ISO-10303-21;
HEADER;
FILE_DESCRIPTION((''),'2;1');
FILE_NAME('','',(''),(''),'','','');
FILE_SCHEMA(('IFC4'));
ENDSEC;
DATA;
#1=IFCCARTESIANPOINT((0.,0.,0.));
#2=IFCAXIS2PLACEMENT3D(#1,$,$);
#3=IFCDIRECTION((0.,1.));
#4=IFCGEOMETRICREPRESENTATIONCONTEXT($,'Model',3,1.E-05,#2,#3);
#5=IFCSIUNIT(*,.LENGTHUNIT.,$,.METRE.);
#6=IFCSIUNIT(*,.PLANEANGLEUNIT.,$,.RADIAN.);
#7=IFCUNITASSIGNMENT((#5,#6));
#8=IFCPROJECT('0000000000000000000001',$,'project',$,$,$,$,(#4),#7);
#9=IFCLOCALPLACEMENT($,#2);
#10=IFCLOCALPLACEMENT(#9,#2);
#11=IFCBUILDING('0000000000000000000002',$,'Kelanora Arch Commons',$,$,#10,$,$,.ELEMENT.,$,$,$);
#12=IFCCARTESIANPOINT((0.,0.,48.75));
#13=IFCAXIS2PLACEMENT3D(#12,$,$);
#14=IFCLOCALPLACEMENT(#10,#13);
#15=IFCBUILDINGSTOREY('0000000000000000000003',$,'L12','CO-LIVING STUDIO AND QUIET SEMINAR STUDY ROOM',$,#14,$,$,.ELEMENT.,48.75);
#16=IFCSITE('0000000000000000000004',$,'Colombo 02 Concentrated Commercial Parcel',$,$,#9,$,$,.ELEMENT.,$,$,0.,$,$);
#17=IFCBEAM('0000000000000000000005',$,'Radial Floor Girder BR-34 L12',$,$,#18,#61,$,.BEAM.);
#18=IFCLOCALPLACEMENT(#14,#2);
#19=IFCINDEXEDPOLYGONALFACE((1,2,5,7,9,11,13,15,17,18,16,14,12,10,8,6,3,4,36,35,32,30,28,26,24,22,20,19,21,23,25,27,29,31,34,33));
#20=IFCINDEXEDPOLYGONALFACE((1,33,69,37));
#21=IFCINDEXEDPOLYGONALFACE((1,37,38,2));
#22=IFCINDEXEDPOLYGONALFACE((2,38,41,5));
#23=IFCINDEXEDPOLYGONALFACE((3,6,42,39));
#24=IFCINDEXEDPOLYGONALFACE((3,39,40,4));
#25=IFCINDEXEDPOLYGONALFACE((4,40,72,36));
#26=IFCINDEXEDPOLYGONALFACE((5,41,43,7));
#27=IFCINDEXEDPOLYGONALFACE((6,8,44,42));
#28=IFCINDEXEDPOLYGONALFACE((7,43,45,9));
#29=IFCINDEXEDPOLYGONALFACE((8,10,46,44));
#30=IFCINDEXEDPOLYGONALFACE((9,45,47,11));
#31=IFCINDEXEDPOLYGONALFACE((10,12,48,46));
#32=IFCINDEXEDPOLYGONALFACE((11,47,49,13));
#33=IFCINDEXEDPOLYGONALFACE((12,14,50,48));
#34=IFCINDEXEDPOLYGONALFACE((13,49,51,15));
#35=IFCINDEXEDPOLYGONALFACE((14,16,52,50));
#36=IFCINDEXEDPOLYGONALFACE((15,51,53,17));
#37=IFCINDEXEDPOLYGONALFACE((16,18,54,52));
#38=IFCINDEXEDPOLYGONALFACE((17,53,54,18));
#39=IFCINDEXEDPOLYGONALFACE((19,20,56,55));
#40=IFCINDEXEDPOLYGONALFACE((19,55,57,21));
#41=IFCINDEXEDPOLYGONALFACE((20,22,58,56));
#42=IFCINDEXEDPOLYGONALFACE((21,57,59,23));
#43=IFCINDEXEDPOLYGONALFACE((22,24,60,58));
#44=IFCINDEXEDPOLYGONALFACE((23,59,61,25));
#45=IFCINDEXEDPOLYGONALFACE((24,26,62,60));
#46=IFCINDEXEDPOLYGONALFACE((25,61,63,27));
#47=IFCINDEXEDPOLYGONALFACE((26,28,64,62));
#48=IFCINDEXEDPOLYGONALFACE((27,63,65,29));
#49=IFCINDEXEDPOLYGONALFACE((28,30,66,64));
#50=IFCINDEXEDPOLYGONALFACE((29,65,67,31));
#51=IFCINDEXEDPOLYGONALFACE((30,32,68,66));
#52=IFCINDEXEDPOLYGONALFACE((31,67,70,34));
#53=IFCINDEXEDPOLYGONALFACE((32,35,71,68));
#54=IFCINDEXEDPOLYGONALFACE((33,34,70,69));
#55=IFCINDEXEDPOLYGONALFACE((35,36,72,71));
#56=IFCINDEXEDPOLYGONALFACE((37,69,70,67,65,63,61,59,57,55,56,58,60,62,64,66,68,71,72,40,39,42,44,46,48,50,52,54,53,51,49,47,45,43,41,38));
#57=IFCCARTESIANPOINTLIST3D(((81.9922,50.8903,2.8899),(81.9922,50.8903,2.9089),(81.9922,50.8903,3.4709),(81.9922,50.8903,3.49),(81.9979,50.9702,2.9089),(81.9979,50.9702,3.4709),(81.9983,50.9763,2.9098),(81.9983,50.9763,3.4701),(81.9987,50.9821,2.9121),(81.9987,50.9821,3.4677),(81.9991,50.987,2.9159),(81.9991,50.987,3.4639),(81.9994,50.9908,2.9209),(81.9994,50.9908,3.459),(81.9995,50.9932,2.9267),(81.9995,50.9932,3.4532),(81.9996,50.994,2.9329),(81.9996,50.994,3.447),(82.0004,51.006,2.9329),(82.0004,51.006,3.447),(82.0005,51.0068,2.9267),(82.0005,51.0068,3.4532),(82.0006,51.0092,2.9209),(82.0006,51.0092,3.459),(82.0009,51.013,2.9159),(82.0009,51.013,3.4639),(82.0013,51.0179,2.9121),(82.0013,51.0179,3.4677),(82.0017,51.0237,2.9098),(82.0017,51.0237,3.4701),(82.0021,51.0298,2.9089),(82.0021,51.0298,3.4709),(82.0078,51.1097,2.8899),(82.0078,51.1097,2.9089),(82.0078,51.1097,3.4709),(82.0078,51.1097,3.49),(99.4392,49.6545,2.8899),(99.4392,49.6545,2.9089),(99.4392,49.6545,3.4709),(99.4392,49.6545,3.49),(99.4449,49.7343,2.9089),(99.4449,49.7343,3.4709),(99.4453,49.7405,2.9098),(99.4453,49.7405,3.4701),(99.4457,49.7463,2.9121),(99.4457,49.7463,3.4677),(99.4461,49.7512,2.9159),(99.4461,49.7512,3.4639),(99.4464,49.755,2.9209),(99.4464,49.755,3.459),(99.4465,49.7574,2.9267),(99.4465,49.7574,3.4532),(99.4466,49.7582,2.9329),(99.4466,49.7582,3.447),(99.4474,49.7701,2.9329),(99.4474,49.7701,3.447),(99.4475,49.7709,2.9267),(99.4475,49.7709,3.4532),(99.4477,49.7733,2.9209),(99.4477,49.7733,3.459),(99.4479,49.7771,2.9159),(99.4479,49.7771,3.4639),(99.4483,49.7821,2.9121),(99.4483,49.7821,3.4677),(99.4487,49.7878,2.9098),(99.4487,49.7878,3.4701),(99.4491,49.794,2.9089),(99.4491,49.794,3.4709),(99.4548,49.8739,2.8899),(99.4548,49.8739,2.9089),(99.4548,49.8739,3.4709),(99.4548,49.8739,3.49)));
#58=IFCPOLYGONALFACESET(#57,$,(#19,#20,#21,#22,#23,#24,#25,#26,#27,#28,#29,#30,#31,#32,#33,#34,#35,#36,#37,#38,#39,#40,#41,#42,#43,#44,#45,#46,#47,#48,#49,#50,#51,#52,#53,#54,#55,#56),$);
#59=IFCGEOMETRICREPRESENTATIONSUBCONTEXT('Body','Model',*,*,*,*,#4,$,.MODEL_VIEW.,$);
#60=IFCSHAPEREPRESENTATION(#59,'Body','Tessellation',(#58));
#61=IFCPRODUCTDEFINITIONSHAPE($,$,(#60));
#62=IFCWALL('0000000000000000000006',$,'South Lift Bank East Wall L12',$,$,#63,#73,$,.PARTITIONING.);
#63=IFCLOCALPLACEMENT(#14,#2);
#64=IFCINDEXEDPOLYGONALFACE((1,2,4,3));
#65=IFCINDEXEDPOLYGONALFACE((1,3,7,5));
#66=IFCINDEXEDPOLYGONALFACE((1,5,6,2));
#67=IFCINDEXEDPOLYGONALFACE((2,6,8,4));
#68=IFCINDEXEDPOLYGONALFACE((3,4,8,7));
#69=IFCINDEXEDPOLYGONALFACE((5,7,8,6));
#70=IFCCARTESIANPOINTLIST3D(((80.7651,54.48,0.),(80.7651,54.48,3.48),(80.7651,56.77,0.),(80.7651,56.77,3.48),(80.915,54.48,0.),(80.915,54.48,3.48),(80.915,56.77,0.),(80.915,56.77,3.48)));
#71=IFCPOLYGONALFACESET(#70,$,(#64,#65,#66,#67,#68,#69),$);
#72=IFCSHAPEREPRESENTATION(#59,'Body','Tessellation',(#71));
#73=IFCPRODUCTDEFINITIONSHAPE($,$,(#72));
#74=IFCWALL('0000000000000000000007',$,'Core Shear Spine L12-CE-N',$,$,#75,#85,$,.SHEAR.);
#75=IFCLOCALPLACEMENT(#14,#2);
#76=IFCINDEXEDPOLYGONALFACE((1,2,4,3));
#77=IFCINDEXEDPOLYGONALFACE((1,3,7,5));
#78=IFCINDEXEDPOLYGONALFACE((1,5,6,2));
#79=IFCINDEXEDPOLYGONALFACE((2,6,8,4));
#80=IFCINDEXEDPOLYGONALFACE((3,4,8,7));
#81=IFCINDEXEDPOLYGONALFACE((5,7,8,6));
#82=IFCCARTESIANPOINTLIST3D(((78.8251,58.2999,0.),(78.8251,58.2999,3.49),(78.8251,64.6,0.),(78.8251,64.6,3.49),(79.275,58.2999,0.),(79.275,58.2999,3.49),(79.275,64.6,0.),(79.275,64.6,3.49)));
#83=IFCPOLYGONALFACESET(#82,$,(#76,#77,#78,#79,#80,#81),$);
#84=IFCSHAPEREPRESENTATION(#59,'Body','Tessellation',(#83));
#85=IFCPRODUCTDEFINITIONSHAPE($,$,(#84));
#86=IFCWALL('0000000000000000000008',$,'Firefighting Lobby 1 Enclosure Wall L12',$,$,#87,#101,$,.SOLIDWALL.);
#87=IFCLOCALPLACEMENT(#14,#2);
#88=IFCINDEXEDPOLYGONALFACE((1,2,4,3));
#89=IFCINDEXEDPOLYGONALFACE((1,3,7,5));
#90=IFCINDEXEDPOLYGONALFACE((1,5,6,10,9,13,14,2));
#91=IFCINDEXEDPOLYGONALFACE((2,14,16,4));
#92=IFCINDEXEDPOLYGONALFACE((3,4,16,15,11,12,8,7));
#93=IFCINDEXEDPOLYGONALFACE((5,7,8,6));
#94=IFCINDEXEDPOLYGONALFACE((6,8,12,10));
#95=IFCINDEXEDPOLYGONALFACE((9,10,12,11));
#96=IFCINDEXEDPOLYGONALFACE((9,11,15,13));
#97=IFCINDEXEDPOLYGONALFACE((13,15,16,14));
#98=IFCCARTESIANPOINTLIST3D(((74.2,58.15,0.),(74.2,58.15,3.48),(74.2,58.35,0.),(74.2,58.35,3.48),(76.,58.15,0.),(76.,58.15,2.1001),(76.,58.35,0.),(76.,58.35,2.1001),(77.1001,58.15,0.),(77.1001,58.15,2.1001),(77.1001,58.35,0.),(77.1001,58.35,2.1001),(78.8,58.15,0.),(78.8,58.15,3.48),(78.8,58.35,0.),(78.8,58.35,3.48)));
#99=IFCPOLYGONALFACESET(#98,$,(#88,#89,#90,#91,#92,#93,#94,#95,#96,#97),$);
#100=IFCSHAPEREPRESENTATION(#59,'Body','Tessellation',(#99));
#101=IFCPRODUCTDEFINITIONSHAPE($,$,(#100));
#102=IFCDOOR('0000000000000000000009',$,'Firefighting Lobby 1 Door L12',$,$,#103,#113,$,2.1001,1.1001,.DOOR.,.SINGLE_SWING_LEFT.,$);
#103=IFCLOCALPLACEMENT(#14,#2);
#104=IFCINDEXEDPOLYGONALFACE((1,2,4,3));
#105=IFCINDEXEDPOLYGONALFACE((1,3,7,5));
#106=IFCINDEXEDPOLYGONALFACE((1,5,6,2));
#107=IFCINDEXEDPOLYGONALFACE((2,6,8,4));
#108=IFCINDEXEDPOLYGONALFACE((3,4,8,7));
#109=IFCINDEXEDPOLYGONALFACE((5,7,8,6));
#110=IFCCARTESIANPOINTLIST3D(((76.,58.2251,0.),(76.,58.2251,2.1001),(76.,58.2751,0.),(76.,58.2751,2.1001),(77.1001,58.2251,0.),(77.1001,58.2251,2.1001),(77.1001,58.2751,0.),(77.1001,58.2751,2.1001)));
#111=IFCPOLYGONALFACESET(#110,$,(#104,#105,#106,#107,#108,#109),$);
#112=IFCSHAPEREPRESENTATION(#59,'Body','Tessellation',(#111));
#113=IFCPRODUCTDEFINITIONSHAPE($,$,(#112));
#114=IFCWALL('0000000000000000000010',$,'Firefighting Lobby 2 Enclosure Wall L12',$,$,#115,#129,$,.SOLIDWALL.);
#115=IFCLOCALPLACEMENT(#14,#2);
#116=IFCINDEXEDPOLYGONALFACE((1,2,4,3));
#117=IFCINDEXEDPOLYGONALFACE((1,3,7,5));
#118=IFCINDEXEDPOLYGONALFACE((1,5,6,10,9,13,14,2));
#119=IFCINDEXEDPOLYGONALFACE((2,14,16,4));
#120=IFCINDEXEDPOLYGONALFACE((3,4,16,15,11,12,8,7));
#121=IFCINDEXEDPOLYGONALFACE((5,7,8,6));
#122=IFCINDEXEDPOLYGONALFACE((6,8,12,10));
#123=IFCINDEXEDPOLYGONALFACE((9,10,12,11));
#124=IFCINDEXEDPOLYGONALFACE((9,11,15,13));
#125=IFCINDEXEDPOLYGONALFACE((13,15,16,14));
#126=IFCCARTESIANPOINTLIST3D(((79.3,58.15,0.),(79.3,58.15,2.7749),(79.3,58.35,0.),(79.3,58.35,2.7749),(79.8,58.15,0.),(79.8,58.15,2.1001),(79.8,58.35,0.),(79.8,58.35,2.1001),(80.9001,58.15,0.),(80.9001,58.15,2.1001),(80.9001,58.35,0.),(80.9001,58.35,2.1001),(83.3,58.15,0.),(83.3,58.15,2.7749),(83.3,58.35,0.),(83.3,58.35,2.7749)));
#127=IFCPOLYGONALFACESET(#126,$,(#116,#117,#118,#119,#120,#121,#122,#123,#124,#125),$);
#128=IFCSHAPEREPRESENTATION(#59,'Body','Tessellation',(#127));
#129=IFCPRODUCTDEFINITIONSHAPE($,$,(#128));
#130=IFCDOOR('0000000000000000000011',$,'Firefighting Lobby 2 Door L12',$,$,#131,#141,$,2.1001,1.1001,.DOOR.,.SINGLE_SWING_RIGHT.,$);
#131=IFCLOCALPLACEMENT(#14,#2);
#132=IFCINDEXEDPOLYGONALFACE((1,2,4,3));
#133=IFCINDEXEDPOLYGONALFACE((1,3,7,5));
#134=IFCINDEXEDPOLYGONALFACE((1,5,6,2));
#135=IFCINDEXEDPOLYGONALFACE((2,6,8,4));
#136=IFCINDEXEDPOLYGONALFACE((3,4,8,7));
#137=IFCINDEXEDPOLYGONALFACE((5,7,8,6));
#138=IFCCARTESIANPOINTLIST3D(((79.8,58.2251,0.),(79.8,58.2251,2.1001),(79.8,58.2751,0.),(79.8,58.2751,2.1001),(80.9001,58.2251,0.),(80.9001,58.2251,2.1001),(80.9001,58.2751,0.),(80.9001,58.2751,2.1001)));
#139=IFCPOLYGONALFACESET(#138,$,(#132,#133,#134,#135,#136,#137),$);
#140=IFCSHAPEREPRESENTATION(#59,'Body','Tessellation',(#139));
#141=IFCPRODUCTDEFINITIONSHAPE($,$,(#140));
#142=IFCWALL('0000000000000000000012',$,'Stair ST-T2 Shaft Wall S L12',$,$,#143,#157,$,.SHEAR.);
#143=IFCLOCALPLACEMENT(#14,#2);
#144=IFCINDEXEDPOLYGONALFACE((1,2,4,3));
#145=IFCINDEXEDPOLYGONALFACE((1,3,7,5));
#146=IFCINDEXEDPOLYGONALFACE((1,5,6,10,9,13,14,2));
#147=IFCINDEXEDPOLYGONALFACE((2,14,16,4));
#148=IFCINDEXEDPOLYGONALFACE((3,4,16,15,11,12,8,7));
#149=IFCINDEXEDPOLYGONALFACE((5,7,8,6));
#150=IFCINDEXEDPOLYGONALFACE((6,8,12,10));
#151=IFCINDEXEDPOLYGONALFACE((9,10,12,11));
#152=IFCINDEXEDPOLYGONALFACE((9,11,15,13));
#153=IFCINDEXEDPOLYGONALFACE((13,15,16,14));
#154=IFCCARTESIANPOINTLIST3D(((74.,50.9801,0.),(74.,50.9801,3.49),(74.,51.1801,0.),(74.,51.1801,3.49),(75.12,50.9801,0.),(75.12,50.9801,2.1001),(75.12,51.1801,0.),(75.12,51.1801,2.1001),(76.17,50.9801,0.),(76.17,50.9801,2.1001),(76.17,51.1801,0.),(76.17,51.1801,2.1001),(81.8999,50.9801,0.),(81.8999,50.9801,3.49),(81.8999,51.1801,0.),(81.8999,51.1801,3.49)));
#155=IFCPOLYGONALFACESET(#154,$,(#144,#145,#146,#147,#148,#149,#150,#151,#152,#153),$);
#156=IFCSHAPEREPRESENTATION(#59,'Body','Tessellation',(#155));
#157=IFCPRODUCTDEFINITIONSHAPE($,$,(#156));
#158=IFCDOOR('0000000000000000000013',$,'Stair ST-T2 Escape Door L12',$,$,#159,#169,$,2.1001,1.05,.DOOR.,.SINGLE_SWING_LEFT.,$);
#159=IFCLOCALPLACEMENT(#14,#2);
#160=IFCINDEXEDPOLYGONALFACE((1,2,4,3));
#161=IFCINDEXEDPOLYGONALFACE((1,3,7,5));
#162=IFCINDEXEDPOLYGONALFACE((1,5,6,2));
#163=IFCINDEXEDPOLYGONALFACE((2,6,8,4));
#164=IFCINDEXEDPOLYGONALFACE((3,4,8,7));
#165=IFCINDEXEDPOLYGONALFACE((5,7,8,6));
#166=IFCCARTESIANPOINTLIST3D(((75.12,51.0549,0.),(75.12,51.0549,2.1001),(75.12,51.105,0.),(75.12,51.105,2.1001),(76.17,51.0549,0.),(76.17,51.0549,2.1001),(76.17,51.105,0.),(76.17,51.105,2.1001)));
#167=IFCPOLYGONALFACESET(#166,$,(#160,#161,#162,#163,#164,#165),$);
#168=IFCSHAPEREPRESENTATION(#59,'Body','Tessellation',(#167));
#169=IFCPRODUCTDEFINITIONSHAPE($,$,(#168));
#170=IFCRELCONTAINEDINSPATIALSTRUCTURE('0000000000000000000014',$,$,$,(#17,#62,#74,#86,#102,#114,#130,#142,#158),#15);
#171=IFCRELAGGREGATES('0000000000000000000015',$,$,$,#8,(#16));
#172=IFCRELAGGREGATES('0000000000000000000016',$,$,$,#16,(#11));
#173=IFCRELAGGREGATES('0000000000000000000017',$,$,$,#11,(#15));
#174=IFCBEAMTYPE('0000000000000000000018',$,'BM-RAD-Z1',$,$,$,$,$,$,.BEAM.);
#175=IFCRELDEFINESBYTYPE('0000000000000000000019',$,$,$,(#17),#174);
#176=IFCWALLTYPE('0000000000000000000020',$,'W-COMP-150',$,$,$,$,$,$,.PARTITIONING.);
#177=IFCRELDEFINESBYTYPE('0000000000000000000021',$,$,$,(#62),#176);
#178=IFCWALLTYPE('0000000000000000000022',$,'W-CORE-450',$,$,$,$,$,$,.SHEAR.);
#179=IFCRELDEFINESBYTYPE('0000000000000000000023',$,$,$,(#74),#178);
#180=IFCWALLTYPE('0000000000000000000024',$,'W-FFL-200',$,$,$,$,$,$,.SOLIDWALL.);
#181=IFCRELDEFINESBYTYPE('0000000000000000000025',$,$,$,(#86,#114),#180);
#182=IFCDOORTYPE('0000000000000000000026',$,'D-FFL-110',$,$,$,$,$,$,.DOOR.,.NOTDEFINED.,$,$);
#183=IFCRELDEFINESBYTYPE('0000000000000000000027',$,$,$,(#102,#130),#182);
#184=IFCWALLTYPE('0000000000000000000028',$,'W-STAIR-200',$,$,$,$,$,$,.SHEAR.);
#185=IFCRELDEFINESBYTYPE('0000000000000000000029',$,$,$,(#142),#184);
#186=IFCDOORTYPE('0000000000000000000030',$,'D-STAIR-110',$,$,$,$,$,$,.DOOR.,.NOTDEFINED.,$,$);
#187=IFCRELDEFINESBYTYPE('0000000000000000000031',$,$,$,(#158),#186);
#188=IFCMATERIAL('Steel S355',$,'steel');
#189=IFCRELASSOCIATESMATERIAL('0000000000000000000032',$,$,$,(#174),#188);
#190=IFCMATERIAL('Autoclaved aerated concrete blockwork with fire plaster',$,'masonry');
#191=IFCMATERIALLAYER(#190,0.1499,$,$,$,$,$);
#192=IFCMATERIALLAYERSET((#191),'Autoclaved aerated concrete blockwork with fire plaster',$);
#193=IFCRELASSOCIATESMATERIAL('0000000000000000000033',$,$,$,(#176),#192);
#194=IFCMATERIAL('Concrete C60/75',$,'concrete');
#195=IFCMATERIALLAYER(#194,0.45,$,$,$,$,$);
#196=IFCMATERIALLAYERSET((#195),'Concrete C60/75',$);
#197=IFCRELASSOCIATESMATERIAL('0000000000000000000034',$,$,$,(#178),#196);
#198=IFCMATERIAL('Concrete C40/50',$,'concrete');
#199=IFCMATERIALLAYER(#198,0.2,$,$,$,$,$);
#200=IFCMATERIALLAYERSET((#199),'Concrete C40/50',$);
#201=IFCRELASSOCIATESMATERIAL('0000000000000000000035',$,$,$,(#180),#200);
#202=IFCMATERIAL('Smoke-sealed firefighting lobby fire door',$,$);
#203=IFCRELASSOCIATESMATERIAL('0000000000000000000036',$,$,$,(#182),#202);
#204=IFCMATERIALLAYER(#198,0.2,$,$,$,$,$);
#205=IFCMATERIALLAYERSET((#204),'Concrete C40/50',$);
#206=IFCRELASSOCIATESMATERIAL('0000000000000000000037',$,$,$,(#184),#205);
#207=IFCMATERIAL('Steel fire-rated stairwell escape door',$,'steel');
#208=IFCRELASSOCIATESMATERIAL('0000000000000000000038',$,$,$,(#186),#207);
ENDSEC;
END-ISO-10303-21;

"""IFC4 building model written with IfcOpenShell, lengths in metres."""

from ifc_helpers import new_model, si_unit, direction, frame, frame_2d, origin, origin_2d, place, context, subcontext, project, spatial, rectangle, i_section, extrude, material, layer, layer_set, material_profile, profile_set, type_object, element, fill, save


model = new_model("IFC4")

# Units and contexts
model_context = context("Model", 3, precision=1e-05, world=origin(), true_north=direction((0.0, 1.0)))
body_context = subcontext(model_context, "Body", "Model", "MODEL_VIEW")
ifc_project = project(units=[si_unit("LENGTHUNIT", "METRE"), si_unit("PLANEANGLEUNIT", "RADIAN")], contexts=[model_context])

# Site, building, storey
site_placement = place(None, origin())
site = spatial("IfcSite", under=ifc_project, at=site_placement, Name="Colombo 02 Concentrated Commercial Parcel", CompositionType="ELEMENT", RefElevation=0.0)
building_placement = place(site_placement, origin())
building = spatial("IfcBuilding", under=site, at=building_placement, Name="Kelanora Arch Commons", CompositionType="ELEMENT")
storey_placement = place(building_placement, frame((0.0, 0.0, 48.75)))
storey = spatial("IfcBuildingStorey", under=building, at=storey_placement, Name="L12", Description="CO-LIVING STUDIO AND QUIET SEMINAR STUDY ROOM", CompositionType="ELEMENT", Elevation=48.75)

# Shared definitions
ifc_material_1 = material(Name="Concrete C60/75", Category="concrete")

# Beam
ifc_material_2 = material(Name="Steel S355", Category="steel")
ifc_material_profile_1 = material_profile(ifc_material_2, i_section(OverallWidth=0.22, OverallDepth=0.6001, WebThickness=0.012, FlangeThickness=0.019, FilletRadius=0.0239, at=origin_2d()), Name="IPE600")
ifc_profile_set_1 = profile_set([ifc_material_profile_1], Name="Steel S355")
beam_type_1 = type_object("IfcBeamType", Name="BM-RAD-Z1", PredefinedType="BEAM", material=ifc_profile_set_1)
beam_1_placement = place(storey_placement, frame((82.0, 51.0, 3.1899), z_axis=(0.997501, -0.070657, 0.0), x_axis=(0.070657, 0.997501, 0.0)))
element("IfcBeam", 1, at=beam_1_placement, inside=storey, type_object=beam_type_1, Name="Radial Floor Girder BR-34 L12", PredefinedType="BEAM", context=body_context, shape_type="SweptSolid", body=[
    extrude(i_section(OverallWidth=0.22, OverallDepth=0.6001, WebThickness=0.012, FlangeThickness=0.019, FilletRadius=0.0239, at=origin_2d()), origin(), (0.0, 0.0, 1.0), 17.4907),
])

# Walls
ifc_material_3 = material(Name="Autoclaved aerated concrete blockwork with fire plaster", Category="masonry")
ifc_layer_1 = layer(ifc_material_3, 0.1499)
ifc_layer_set_1 = layer_set([ifc_layer_1], Name="Autoclaved aerated concrete blockwork with fire plaster")
wall_type_1 = type_object("IfcWallType", Name="W-COMP-150", PredefinedType="PARTITIONING", material=ifc_layer_set_1)
wall_1_placement = place(storey_placement, frame((80.8401, 54.48, 0.0), z_axis=(0.0, 0.0, 1.0), x_axis=(0.0, 1.0, 0.0)))
element("IfcWall", 2, at=wall_1_placement, inside=storey, type_object=wall_type_1, Name="South Lift Bank East Wall L12", PredefinedType="PARTITIONING", context=body_context, shape_type="SweptSolid", body=[
    extrude(rectangle(XDim=2.29, YDim=0.1499, at=frame_2d((1.145, 0.0))), origin(), (0.0, 0.0, 1.0), 3.48),
])
ifc_layer_2 = layer(ifc_material_1, 0.45)
ifc_layer_set_2 = layer_set([ifc_layer_2], Name="Concrete C60/75")
wall_type_2 = type_object("IfcWallType", Name="W-CORE-450", PredefinedType="SHEAR", material=ifc_layer_set_2)
wall_2_placement = place(storey_placement, frame((79.05, 58.3, 0.0), z_axis=(0.0, 0.0, 1.0), x_axis=(0.0, 1.0, 0.0)))
element("IfcWall", 3, at=wall_2_placement, inside=storey, type_object=wall_type_2, Name="Core Shear Spine L12-CE-N", PredefinedType="SHEAR", context=body_context, shape_type="SweptSolid", body=[
    extrude(rectangle(XDim=6.3, YDim=0.45, at=frame_2d((3.1499, 0.0))), origin(), (0.0, 0.0, 1.0), 3.49),
])

# Walls, openings, doors
ifc_material_4 = material(Name="Concrete C40/50", Category="concrete")
ifc_layer_3 = layer(ifc_material_4, 0.2)
ifc_layer_set_3 = layer_set([ifc_layer_3], Name="Concrete C40/50")
wall_type_3 = type_object("IfcWallType", Name="W-FFL-200", PredefinedType="SOLIDWALL", material=ifc_layer_set_3)
wall_3_placement = place(storey_placement, frame((74.2, 58.25, 0.0), z_axis=(0.0, 0.0, 1.0), x_axis=(1.0, 0.0, 0.0)))
wall_3 = element("IfcWall", 4, at=wall_3_placement, inside=storey, type_object=wall_type_3, Name="Firefighting Lobby 1 Enclosure Wall L12", PredefinedType="SOLIDWALL", context=body_context, shape_type="SweptSolid", body=[
    extrude(rectangle(XDim=4.6001, YDim=0.2, at=frame_2d((2.3, 0.0))), origin(), (0.0, 0.0, 1.0), 3.48),
])
opening_1_placement = place(wall_3_placement, frame((1.8, 0.0, 0.0)))
opening_1 = element("IfcOpeningElement", 5, at=opening_1_placement, cuts=wall_3, PredefinedType="OPENING", context=body_context, shape_type="SweptSolid", body=[
    extrude(rectangle(XDim=1.1001, YDim=2.1001, at=frame_2d((0.55, 1.05))), frame((0.0, 0.1099, 0.0), z_axis=(0.0, -1.0, 0.0), x_axis=(1.0, 0.0, 0.0)), (0.0, 0.0, 1.0), 0.22),
])
ifc_material_5 = material(Name="Smoke-sealed firefighting lobby fire door")
door_type_1 = type_object("IfcDoorType", Name="D-FFL-110", OperationType="NOTDEFINED", PredefinedType="DOOR", material=ifc_material_5)
door_1_placement = place(opening_1_placement, frame((1.1001, 0.0, 0.0), z_axis=(0.0, 0.0, 1.0), x_axis=(-1.0, 0.0, 0.0)))
door_1 = element("IfcDoor", 6, at=door_1_placement, inside=storey, type_object=door_type_1, Name="Firefighting Lobby 1 Door L12", OperationType="SINGLE_SWING_LEFT", OverallHeight=2.1001, OverallWidth=1.1001, PredefinedType="DOOR", context=body_context, shape_type="SweptSolid", body=[
    extrude(rectangle(XDim=1.1001, YDim=2.1001, at=frame_2d((0.55, 1.05))), frame((0.0, 0.0249, 0.0), z_axis=(0.0, -1.0, 0.0), x_axis=(1.0, 0.0, 0.0)), (0.0, 0.0, 1.0), 0.05),
])
fill(opening_1, door_1)
wall_4_placement = place(storey_placement, frame((79.3, 58.25, 0.0), z_axis=(0.0, 0.0, 1.0), x_axis=(1.0, 0.0, 0.0)))
wall_4 = element("IfcWall", 7, at=wall_4_placement, inside=storey, type_object=wall_type_3, Name="Firefighting Lobby 2 Enclosure Wall L12", PredefinedType="SOLIDWALL", context=body_context, shape_type="SweptSolid", body=[
    extrude(rectangle(XDim=4.0, YDim=0.2, at=frame_2d((2.0, 0.0))), origin(), (0.0, 0.0, 1.0), 2.7749),
])
opening_2_placement = place(wall_4_placement, frame((0.5, 0.0, 0.0)))
opening_2 = element("IfcOpeningElement", 8, at=opening_2_placement, cuts=wall_4, PredefinedType="OPENING", context=body_context, shape_type="SweptSolid", body=[
    extrude(rectangle(XDim=1.1001, YDim=2.1001, at=frame_2d((0.55, 1.05))), frame((0.0, 0.1099, 0.0), z_axis=(0.0, -1.0, 0.0), x_axis=(1.0, 0.0, 0.0)), (0.0, 0.0, 1.0), 0.22),
])
door_2_placement = place(opening_2_placement, frame((1.1001, 0.0, 0.0), z_axis=(0.0, 0.0, 1.0), x_axis=(-1.0, 0.0, 0.0)))
door_2 = element("IfcDoor", 9, at=door_2_placement, inside=storey, type_object=door_type_1, Name="Firefighting Lobby 2 Door L12", OperationType="SINGLE_SWING_RIGHT", OverallHeight=2.1001, OverallWidth=1.1001, PredefinedType="DOOR", context=body_context, shape_type="SweptSolid", body=[
    extrude(rectangle(XDim=1.1001, YDim=2.1001, at=frame_2d((0.55, 1.05))), frame((0.0, 0.0249, 0.0), z_axis=(0.0, -1.0, 0.0), x_axis=(1.0, 0.0, 0.0)), (0.0, 0.0, 1.0), 0.05),
])
fill(opening_2, door_2)
ifc_layer_4 = layer(ifc_material_4, 0.2)
ifc_layer_set_4 = layer_set([ifc_layer_4], Name="Concrete C40/50")
wall_type_4 = type_object("IfcWallType", Name="W-STAIR-200", PredefinedType="SHEAR", material=ifc_layer_set_4)
wall_5_placement = place(storey_placement, frame((74.0, 51.0801, 0.0), z_axis=(0.0, 0.0, 1.0), x_axis=(1.0, 0.0, 0.0)))
wall_5 = element("IfcWall", 10, at=wall_5_placement, inside=storey, type_object=wall_type_4, Name="Stair ST-T2 Shaft Wall S L12", PredefinedType="SHEAR", context=body_context, shape_type="SweptSolid", body=[
    extrude(rectangle(XDim=7.8999, YDim=0.2, at=frame_2d((3.95, 0.0))), origin(), (0.0, 0.0, 1.0), 3.49),
])
opening_3_placement = place(wall_5_placement, frame((1.1201, 0.0, 0.0)))
opening_3 = element("IfcOpeningElement", 11, at=opening_3_placement, cuts=wall_5, PredefinedType="OPENING", context=body_context, shape_type="SweptSolid", body=[
    extrude(rectangle(XDim=1.05, YDim=2.1001, at=frame_2d((0.5249, 1.05))), frame((0.0, 0.1099, 0.0), z_axis=(0.0, -1.0, 0.0), x_axis=(1.0, 0.0, 0.0)), (0.0, 0.0, 1.0), 0.22),
])
ifc_material_6 = material(Name="Steel fire-rated stairwell escape door", Category="steel")
door_type_2 = type_object("IfcDoorType", Name="D-STAIR-110", OperationType="NOTDEFINED", PredefinedType="DOOR", material=ifc_material_6)
door_3_placement = place(opening_3_placement, origin())
door_3 = element("IfcDoor", 12, at=door_3_placement, inside=storey, type_object=door_type_2, Name="Stair ST-T2 Escape Door L12", OperationType="SINGLE_SWING_LEFT", OverallHeight=2.1001, OverallWidth=1.05, PredefinedType="DOOR", context=body_context, shape_type="SweptSolid", body=[
    extrude(rectangle(XDim=1.05, YDim=2.1001, at=frame_2d((0.5249, 1.05))), frame((0.0, 0.0249, 0.0), z_axis=(0.0, -1.0, 0.0), x_axis=(1.0, 0.0, 0.0)), (0.0, 0.0, 1.0), 0.05),
])
fill(opening_3, door_3)

save(model, "model.ifc")
